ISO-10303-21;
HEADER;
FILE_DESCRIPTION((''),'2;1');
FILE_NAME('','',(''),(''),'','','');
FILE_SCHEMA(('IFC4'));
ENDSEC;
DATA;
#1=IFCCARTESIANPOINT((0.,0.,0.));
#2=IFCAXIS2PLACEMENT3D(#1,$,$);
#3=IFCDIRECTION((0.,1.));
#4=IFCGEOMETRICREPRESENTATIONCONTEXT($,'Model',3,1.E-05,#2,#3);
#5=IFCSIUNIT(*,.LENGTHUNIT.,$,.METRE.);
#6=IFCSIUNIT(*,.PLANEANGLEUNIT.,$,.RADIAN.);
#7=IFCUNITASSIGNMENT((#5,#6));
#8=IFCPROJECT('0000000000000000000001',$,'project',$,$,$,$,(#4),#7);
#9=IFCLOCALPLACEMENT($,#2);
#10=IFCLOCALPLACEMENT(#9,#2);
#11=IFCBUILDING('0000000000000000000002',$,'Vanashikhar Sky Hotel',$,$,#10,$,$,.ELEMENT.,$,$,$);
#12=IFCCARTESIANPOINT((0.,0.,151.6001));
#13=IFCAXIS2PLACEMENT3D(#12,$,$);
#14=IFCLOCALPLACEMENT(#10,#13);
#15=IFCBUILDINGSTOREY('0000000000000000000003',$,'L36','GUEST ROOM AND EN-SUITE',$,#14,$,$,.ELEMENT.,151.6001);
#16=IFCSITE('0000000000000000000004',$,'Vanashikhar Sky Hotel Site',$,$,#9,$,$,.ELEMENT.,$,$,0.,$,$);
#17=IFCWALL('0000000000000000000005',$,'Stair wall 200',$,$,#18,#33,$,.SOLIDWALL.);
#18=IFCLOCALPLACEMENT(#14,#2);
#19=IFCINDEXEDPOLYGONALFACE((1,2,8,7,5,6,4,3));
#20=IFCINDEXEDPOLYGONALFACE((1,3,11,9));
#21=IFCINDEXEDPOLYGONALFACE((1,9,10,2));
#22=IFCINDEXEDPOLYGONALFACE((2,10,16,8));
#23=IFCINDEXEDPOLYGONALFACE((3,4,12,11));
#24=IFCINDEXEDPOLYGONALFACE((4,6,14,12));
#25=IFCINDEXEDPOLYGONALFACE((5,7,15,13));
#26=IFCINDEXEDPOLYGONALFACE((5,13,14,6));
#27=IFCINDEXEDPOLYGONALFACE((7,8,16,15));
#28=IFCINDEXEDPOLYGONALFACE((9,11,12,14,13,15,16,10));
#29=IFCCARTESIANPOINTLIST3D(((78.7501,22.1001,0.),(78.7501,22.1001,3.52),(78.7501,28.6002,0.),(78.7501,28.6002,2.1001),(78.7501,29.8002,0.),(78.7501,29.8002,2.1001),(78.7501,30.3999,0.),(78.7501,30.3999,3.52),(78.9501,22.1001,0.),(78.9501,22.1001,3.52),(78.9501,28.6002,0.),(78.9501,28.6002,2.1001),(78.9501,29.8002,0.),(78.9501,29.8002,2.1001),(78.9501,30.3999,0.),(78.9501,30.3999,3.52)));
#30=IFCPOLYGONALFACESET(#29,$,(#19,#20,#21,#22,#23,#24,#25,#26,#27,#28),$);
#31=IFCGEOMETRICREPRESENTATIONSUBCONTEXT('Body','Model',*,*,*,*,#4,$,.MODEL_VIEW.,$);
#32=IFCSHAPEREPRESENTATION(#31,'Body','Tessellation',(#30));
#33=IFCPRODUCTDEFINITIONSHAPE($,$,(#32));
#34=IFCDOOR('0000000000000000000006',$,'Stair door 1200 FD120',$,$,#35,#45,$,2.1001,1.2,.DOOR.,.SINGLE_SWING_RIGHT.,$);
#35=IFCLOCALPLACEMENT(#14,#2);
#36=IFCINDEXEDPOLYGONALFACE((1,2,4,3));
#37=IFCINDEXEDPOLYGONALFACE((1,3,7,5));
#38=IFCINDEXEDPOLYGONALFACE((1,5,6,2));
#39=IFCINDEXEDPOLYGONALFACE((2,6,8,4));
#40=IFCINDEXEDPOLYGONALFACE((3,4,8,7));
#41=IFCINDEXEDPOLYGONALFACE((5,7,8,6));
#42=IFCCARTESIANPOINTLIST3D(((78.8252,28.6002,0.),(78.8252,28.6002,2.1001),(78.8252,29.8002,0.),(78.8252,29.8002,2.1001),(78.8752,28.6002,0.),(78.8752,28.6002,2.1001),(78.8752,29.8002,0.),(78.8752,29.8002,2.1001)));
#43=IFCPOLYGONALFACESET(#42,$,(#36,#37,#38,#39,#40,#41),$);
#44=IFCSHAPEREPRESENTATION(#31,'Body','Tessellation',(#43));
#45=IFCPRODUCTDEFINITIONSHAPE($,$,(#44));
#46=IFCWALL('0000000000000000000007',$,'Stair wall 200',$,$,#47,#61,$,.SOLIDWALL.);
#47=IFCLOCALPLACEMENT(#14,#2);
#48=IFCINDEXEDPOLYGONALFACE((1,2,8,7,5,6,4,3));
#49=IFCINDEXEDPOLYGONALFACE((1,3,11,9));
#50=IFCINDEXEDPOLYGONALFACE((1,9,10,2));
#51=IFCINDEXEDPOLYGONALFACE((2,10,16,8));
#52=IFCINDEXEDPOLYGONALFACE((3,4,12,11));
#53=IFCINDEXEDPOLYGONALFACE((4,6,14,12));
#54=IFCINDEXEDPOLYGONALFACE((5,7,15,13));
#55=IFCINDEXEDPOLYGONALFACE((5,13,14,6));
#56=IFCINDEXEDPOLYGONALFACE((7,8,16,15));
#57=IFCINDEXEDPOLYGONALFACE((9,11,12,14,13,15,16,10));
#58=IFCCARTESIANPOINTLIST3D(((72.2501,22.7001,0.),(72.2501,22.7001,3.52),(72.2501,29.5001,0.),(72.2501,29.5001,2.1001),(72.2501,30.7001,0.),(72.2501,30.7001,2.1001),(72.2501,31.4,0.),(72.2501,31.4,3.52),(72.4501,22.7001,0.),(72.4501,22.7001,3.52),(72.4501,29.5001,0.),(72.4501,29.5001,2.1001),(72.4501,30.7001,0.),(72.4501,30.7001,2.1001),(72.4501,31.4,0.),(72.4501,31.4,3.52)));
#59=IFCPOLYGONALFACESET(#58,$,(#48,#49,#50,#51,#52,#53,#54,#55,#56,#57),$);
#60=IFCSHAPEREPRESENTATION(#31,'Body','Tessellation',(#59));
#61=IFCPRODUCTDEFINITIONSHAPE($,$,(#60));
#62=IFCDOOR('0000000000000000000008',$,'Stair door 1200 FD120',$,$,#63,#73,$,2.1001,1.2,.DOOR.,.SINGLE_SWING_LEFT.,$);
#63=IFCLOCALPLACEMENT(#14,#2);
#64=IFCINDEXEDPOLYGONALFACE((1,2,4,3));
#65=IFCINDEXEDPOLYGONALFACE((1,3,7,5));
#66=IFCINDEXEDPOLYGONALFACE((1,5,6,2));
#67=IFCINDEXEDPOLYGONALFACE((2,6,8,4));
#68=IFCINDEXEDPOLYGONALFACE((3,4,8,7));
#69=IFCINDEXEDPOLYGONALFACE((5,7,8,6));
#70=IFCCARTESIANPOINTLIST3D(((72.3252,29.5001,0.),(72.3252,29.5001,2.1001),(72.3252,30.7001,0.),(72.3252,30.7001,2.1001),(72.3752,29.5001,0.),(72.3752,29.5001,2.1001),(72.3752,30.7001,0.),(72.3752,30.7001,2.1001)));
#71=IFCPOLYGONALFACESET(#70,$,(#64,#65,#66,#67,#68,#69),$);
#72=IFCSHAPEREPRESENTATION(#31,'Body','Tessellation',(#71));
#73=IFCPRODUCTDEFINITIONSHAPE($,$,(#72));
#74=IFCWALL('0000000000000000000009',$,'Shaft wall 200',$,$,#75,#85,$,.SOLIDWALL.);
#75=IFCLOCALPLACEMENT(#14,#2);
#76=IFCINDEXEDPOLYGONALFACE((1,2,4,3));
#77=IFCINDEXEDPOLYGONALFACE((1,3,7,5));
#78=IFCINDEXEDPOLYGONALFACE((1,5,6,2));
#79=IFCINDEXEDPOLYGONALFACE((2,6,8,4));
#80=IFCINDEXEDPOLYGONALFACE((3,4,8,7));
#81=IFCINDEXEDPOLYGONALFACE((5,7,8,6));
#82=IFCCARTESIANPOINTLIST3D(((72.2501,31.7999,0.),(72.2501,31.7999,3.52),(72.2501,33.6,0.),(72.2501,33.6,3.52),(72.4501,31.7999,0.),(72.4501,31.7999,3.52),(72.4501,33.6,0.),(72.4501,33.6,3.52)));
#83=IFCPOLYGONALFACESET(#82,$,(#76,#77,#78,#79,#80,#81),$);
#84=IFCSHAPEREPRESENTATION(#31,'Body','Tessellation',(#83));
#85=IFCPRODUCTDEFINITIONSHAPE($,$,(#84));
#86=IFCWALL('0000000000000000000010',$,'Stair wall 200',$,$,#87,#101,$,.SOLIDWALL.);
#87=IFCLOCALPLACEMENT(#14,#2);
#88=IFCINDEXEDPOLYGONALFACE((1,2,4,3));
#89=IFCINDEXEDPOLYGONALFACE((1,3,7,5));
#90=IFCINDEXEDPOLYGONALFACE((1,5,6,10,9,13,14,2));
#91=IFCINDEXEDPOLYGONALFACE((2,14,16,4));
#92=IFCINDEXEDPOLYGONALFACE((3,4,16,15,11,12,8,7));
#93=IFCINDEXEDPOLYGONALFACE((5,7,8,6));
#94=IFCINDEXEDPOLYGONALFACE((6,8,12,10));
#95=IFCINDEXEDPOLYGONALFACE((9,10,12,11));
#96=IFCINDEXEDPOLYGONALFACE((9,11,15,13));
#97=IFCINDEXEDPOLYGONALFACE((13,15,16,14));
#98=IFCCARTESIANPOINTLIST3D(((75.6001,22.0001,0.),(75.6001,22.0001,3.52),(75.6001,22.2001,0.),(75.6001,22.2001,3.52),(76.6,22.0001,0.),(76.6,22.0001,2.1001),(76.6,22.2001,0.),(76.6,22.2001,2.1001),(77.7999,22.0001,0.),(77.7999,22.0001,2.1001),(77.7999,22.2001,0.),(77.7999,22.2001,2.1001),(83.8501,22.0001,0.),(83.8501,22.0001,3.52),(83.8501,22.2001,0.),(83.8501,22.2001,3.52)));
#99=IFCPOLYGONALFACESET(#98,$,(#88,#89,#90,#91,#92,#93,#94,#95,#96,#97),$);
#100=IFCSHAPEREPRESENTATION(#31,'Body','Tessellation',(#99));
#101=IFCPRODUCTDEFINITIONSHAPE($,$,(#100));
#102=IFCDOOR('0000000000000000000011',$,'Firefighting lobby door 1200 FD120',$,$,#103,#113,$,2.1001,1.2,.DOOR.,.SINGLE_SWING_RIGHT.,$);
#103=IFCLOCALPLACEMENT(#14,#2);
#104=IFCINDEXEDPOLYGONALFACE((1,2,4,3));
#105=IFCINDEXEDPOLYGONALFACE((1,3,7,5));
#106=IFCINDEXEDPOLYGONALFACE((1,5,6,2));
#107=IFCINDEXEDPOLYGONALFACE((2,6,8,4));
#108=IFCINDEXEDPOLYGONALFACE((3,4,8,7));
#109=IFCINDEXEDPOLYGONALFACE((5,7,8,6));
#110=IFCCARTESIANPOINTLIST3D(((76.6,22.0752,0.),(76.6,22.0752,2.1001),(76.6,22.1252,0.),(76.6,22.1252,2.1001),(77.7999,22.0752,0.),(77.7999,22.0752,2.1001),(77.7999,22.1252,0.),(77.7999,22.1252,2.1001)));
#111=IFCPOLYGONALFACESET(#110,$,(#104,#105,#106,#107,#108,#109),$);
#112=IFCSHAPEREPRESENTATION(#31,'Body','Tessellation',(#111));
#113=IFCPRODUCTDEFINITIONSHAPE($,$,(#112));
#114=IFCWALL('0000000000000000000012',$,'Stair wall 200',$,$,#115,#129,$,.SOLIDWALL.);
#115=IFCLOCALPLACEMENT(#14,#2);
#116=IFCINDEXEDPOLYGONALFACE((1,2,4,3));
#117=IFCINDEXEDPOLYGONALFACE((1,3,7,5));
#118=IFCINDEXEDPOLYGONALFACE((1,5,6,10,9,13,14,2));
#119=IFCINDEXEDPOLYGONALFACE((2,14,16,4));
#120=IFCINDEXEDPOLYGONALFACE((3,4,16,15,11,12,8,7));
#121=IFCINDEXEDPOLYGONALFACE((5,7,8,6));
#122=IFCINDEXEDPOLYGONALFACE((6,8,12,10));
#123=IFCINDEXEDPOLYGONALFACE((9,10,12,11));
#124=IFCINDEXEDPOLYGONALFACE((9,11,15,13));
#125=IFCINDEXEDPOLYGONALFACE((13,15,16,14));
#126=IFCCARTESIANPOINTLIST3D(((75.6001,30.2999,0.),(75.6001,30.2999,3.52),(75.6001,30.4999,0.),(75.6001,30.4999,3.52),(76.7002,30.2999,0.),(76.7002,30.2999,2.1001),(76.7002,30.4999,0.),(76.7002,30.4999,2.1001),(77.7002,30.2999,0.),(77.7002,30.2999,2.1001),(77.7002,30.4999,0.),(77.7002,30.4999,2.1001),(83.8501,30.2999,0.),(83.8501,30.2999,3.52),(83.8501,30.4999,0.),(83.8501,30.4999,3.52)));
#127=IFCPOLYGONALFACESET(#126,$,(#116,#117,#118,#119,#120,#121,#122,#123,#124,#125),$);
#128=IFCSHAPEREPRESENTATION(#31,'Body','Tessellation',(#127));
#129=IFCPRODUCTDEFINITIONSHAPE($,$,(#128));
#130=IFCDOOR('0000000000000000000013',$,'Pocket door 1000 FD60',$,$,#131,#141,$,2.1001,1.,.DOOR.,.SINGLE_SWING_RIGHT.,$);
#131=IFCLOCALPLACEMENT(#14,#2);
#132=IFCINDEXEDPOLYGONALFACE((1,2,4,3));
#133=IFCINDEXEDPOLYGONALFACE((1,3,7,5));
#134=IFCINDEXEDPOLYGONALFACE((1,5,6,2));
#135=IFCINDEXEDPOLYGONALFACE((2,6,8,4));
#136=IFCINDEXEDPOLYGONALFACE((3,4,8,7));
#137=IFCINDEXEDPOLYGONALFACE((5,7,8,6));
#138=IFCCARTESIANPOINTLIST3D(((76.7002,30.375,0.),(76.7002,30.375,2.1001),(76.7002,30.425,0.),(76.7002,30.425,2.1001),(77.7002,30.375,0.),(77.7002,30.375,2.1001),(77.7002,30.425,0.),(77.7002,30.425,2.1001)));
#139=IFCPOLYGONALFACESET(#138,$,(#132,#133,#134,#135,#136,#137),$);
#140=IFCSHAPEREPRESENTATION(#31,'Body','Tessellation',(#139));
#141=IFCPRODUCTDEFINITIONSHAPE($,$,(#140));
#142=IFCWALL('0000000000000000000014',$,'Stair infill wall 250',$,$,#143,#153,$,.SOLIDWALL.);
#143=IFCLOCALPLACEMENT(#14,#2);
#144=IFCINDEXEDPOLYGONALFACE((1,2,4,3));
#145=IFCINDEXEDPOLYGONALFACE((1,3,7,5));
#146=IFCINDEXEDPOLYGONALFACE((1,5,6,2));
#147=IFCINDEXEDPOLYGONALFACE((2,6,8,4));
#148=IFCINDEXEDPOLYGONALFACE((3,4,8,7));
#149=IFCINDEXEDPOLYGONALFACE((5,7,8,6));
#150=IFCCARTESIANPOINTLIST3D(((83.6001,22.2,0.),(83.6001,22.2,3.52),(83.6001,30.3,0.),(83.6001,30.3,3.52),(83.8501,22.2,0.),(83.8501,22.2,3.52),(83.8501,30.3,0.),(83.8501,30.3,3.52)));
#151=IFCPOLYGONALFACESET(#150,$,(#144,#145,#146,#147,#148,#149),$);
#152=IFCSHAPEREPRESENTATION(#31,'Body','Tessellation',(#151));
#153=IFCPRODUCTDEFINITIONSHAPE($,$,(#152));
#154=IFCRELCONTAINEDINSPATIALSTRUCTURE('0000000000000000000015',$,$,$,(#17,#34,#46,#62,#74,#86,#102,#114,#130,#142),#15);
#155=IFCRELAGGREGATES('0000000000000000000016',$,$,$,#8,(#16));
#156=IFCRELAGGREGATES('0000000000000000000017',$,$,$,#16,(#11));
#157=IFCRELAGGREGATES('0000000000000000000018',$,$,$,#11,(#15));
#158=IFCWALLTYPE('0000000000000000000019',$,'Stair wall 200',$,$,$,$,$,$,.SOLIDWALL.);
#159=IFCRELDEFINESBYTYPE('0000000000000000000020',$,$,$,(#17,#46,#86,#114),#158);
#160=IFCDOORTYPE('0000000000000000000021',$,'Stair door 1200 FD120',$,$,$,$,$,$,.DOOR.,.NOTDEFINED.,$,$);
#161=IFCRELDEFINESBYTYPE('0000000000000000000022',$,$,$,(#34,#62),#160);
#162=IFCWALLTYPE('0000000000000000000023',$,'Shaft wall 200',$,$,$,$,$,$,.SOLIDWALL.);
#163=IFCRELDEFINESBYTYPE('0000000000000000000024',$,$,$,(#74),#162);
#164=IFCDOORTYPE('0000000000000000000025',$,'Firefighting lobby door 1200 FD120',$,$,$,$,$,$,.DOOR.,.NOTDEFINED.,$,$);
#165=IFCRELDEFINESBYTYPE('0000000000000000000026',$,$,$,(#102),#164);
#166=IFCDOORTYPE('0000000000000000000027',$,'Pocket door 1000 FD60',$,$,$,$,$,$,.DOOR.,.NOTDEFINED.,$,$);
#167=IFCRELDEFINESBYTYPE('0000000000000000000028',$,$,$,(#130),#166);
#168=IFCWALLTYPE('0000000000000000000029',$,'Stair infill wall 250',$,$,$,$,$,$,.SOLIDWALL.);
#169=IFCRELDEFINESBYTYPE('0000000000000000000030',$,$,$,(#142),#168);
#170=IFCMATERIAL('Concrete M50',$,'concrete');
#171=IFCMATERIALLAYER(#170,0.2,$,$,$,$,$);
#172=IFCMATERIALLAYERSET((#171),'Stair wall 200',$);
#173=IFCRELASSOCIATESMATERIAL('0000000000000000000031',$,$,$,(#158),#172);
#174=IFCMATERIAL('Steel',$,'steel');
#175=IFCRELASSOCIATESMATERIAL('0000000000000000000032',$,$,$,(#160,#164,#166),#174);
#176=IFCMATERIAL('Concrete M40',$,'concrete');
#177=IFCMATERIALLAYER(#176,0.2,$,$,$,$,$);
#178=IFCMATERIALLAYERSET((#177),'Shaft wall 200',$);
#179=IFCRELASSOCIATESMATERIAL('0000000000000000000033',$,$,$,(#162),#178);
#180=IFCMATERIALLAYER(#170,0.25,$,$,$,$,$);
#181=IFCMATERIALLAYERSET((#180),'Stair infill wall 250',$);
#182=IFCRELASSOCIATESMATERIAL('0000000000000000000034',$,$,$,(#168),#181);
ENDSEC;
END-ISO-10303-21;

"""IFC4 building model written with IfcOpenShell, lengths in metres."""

from ifc_helpers import new_model, si_unit, direction, frame, frame_2d, origin, place, context, subcontext, project, spatial, rectangle, extrude, source, transform, mapped, material, layer, layer_set, type_object, element, fill, save


model = new_model("IFC4")

# Units and contexts
model_context = context("Model", 3, precision=1e-05, world=origin(), true_north=direction((0.0, 1.0)))
body_context = subcontext(model_context, "Body", "Model", "MODEL_VIEW")
ifc_project = project(units=[si_unit("LENGTHUNIT", "METRE"), si_unit("PLANEANGLEUNIT", "RADIAN")], contexts=[model_context])

# Site, building, storey
site_placement = place(None, origin())
site = spatial("IfcSite", under=ifc_project, at=site_placement, Name="Vanashikhar Sky Hotel Site", CompositionType="ELEMENT", RefElevation=0.0)
building_placement = place(site_placement, origin())
building = spatial("IfcBuilding", under=site, at=building_placement, Name="Vanashikhar Sky Hotel", CompositionType="ELEMENT")
storey_placement = place(building_placement, frame((0.0, 0.0, 151.6001)))
storey = spatial("IfcBuildingStorey", under=building, at=storey_placement, Name="L36", Description="GUEST ROOM AND EN-SUITE", CompositionType="ELEMENT", Elevation=151.6001)

# Shared definitions
ifc_material_1 = material(Name="Steel", Category="steel")
shared_shape_1 = source(origin(), body_context, "Body", "SweptSolid", [
    extrude(rectangle(XDim=1.2, YDim=2.1001, at=frame_2d((0.6001, 1.05))), frame((0.0, 0.0249, 0.0), z_axis=(0.0, -1.0, 0.0), x_axis=(1.0, 0.0, 0.0)), (0.0, 0.0, 1.0), 0.05),
])

# Walls, openings, doors
ifc_material_2 = material(Name="Concrete M50", Category="concrete")
ifc_layer_1 = layer(ifc_material_2, 0.2)
ifc_layer_set_1 = layer_set([ifc_layer_1], Name="Stair wall 200")
wall_type_1 = type_object("IfcWallType", Name="Stair wall 200", PredefinedType="SOLIDWALL", material=ifc_layer_set_1)
shared_shape_2 = source(origin(), body_context, "Body", "SweptSolid", [
    extrude(rectangle(XDim=8.2998, YDim=0.2, at=frame_2d((4.1499, 0.0))), origin(), (0.0, 0.0, 1.0), 3.52),
])
wall_1_placement = place(storey_placement, frame((78.8501, 22.1001, 0.0), z_axis=(0.0, 0.0, 1.0), x_axis=(0.0, 1.0, 0.0)))
wall_1 = element("IfcWall", 1, at=wall_1_placement, inside=storey, type_object=wall_type_1, Name="Stair wall 200", PredefinedType="SOLIDWALL", context=body_context, shape_type="MappedRepresentation", body=[
    mapped(shared_shape_2, transform((0.0, 0.0, 0.0), scale=1.0)),
])
shared_shape_3 = source(origin(), body_context, "Body", "SweptSolid", [
    extrude(rectangle(XDim=1.2, YDim=2.1001, at=frame_2d((0.6001, 1.05))), frame((0.0, 0.1099, 0.0), z_axis=(0.0, -1.0, 0.0), x_axis=(1.0, 0.0, 0.0)), (0.0, 0.0, 1.0), 0.22),
])
opening_1_placement = place(wall_1_placement, frame((6.5, 0.0, 0.0)))
opening_1 = element("IfcOpeningElement", 2, at=opening_1_placement, cuts=wall_1, PredefinedType="OPENING", context=body_context, shape_type="MappedRepresentation", body=[
    mapped(shared_shape_3, transform((0.0, 0.0, 0.0), scale=1.0)),
])
door_type_1 = type_object("IfcDoorType", Name="Stair door 1200 FD120", OperationType="NOTDEFINED", PredefinedType="DOOR", material=ifc_material_1)
door_1_placement = place(opening_1_placement, origin())
door_1 = element("IfcDoor", 3, at=door_1_placement, inside=storey, type_object=door_type_1, Name="Stair door 1200 FD120", OperationType="SINGLE_SWING_RIGHT", OverallHeight=2.1001, OverallWidth=1.2, PredefinedType="DOOR", context=body_context, shape_type="MappedRepresentation", body=[
    mapped(shared_shape_1, transform((0.0, 0.0, 0.0), scale=1.0)),
])
fill(opening_1, door_1)
shared_shape_4 = source(origin(), body_context, "Body", "SweptSolid", [
    extrude(rectangle(XDim=8.7, YDim=0.2, at=frame_2d((4.3501, 0.0))), origin(), (0.0, 0.0, 1.0), 3.52),
])
wall_2_placement = place(storey_placement, frame((72.3501, 22.7, 0.0), z_axis=(0.0, 0.0, 1.0), x_axis=(0.0, 1.0, 0.0)))
wall_2 = element("IfcWall", 4, at=wall_2_placement, inside=storey, type_object=wall_type_1, Name="Stair wall 200", PredefinedType="SOLIDWALL", context=body_context, shape_type="MappedRepresentation", body=[
    mapped(shared_shape_4, transform((0.0, 0.0, 0.0), scale=1.0)),
])
opening_2_placement = place(wall_2_placement, frame((6.8, 0.0, 0.0)))
opening_2 = element("IfcOpeningElement", 5, at=opening_2_placement, cuts=wall_2, PredefinedType="OPENING", context=body_context, shape_type="MappedRepresentation", body=[
    mapped(shared_shape_3, transform((0.0, 0.0, 0.0), scale=1.0)),
])
door_2_placement = place(opening_2_placement, origin())
door_2 = element("IfcDoor", 6, at=door_2_placement, inside=storey, type_object=door_type_1, Name="Stair door 1200 FD120", OperationType="SINGLE_SWING_LEFT", OverallHeight=2.1001, OverallWidth=1.2, PredefinedType="DOOR", context=body_context, shape_type="MappedRepresentation", body=[
    mapped(shared_shape_1, transform((0.0, 0.0, 0.0), scale=1.0)),
])
fill(opening_2, door_2)

# Wall
ifc_material_3 = material(Name="Concrete M40", Category="concrete")
ifc_layer_2 = layer(ifc_material_3, 0.2)
ifc_layer_set_2 = layer_set([ifc_layer_2], Name="Shaft wall 200")
wall_type_2 = type_object("IfcWallType", Name="Shaft wall 200", PredefinedType="SOLIDWALL", material=ifc_layer_set_2)
shared_shape_5 = source(origin(), body_context, "Body", "SweptSolid", [
    extrude(rectangle(XDim=1.8, YDim=0.2, at=frame_2d((0.8999, 0.0))), origin(), (0.0, 0.0, 1.0), 3.52),
])
wall_3_placement = place(storey_placement, frame((72.3501, 31.8, 0.0), z_axis=(0.0, 0.0, 1.0), x_axis=(0.0, 1.0, 0.0)))
element("IfcWall", 7, at=wall_3_placement, inside=storey, type_object=wall_type_2, Name="Shaft wall 200", PredefinedType="SOLIDWALL", context=body_context, shape_type="MappedRepresentation", body=[
    mapped(shared_shape_5, transform((0.0, 0.0, 0.0), scale=1.0)),
])

# Walls, openings, doors
shared_shape_6 = source(origin(), body_context, "Body", "SweptSolid", [
    extrude(rectangle(XDim=8.25, YDim=0.2, at=frame_2d((4.125, 0.0))), origin(), (0.0, 0.0, 1.0), 3.52),
])
wall_4_placement = place(storey_placement, frame((83.8501, 22.1001, 0.0), z_axis=(0.0, 0.0, 1.0), x_axis=(-1.0, 0.0, 0.0)))
wall_4 = element("IfcWall", 8, at=wall_4_placement, inside=storey, type_object=wall_type_1, Name="Stair wall 200", PredefinedType="SOLIDWALL", context=body_context, shape_type="MappedRepresentation", body=[
    mapped(shared_shape_6, transform((0.0, 0.0, 0.0), scale=1.0)),
])
opening_3_placement = place(wall_4_placement, frame((6.05, 0.0, 0.0)))
opening_3 = element("IfcOpeningElement", 9, at=opening_3_placement, cuts=wall_4, PredefinedType="OPENING", context=body_context, shape_type="MappedRepresentation", body=[
    mapped(shared_shape_3, transform((0.0, 0.0, 0.0), scale=1.0)),
])
door_type_2 = type_object("IfcDoorType", Name="Firefighting lobby door 1200 FD120", OperationType="NOTDEFINED", PredefinedType="DOOR", material=ifc_material_1)
door_3_placement = place(opening_3_placement, origin())
door_3 = element("IfcDoor", 10, at=door_3_placement, inside=storey, type_object=door_type_2, Name="Firefighting lobby door 1200 FD120", OperationType="SINGLE_SWING_RIGHT", OverallHeight=2.1001, OverallWidth=1.2, PredefinedType="DOOR", context=body_context, shape_type="MappedRepresentation", body=[
    mapped(shared_shape_1, transform((0.0, 0.0, 0.0), scale=1.0)),
])
fill(opening_3, door_3)
wall_5_placement = place(storey_placement, frame((83.8501, 30.3999, 0.0), z_axis=(0.0, 0.0, 1.0), x_axis=(-1.0, 0.0, 0.0)))
wall_5 = element("IfcWall", 11, at=wall_5_placement, inside=storey, type_object=wall_type_1, Name="Stair wall 200", PredefinedType="SOLIDWALL", context=body_context, shape_type="MappedRepresentation", body=[
    mapped(shared_shape_6, transform((0.0, 0.0, 0.0), scale=1.0)),
])
shared_shape_7 = source(origin(), body_context, "Body", "SweptSolid", [
    extrude(rectangle(XDim=1.0, YDim=2.1001, at=frame_2d((0.5, 1.05))), frame((0.0, 0.1099, 0.0), z_axis=(0.0, -1.0, 0.0), x_axis=(1.0, 0.0, 0.0)), (0.0, 0.0, 1.0), 0.22),
])
opening_4_placement = place(wall_5_placement, frame((6.1499, 0.0, 0.0)))
opening_4 = element("IfcOpeningElement", 12, at=opening_4_placement, cuts=wall_5, PredefinedType="OPENING", context=body_context, shape_type="MappedRepresentation", body=[
    mapped(shared_shape_7, transform((0.0, 0.0, 0.0), scale=1.0)),
])
door_type_3 = type_object("IfcDoorType", Name="Pocket door 1000 FD60", OperationType="NOTDEFINED", PredefinedType="DOOR", material=ifc_material_1)
shared_shape_8 = source(origin(), body_context, "Body", "SweptSolid", [
    extrude(rectangle(XDim=1.0, YDim=2.1001, at=frame_2d((0.5, 1.05))), frame((0.0, 0.0249, 0.0), z_axis=(0.0, -1.0, 0.0), x_axis=(1.0, 0.0, 0.0)), (0.0, 0.0, 1.0), 0.05),
])
door_4_placement = place(opening_4_placement, origin())
door_4 = element("IfcDoor", 13, at=door_4_placement, inside=storey, type_object=door_type_3, Name="Pocket door 1000 FD60", OperationType="SINGLE_SWING_RIGHT", OverallHeight=2.1001, OverallWidth=1.0, PredefinedType="DOOR", context=body_context, shape_type="MappedRepresentation", body=[
    mapped(shared_shape_8, transform((0.0, 0.0, 0.0), scale=1.0)),
])
fill(opening_4, door_4)

# Wall
ifc_layer_3 = layer(ifc_material_2, 0.25)
ifc_layer_set_3 = layer_set([ifc_layer_3], Name="Stair infill wall 250")
wall_type_3 = type_object("IfcWallType", Name="Stair infill wall 250", PredefinedType="SOLIDWALL", material=ifc_layer_set_3)
shared_shape_9 = source(origin(), body_context, "Body", "SweptSolid", [
    extrude(rectangle(XDim=8.1001, YDim=0.25, at=frame_2d((4.05, 0.0))), origin(), (0.0, 0.0, 1.0), 3.52),
])
wall_6_placement = place(storey_placement, frame((83.7251, 22.2, 0.0), z_axis=(0.0, 0.0, 1.0), x_axis=(0.0, 1.0, 0.0)))
element("IfcWall", 14, at=wall_6_placement, inside=storey, type_object=wall_type_3, Name="Stair infill wall 250", PredefinedType="SOLIDWALL", context=body_context, shape_type="MappedRepresentation", body=[
    mapped(shared_shape_9, transform((0.0, 0.0, 0.0), scale=1.0)),
])

save(model, "model.ifc")
